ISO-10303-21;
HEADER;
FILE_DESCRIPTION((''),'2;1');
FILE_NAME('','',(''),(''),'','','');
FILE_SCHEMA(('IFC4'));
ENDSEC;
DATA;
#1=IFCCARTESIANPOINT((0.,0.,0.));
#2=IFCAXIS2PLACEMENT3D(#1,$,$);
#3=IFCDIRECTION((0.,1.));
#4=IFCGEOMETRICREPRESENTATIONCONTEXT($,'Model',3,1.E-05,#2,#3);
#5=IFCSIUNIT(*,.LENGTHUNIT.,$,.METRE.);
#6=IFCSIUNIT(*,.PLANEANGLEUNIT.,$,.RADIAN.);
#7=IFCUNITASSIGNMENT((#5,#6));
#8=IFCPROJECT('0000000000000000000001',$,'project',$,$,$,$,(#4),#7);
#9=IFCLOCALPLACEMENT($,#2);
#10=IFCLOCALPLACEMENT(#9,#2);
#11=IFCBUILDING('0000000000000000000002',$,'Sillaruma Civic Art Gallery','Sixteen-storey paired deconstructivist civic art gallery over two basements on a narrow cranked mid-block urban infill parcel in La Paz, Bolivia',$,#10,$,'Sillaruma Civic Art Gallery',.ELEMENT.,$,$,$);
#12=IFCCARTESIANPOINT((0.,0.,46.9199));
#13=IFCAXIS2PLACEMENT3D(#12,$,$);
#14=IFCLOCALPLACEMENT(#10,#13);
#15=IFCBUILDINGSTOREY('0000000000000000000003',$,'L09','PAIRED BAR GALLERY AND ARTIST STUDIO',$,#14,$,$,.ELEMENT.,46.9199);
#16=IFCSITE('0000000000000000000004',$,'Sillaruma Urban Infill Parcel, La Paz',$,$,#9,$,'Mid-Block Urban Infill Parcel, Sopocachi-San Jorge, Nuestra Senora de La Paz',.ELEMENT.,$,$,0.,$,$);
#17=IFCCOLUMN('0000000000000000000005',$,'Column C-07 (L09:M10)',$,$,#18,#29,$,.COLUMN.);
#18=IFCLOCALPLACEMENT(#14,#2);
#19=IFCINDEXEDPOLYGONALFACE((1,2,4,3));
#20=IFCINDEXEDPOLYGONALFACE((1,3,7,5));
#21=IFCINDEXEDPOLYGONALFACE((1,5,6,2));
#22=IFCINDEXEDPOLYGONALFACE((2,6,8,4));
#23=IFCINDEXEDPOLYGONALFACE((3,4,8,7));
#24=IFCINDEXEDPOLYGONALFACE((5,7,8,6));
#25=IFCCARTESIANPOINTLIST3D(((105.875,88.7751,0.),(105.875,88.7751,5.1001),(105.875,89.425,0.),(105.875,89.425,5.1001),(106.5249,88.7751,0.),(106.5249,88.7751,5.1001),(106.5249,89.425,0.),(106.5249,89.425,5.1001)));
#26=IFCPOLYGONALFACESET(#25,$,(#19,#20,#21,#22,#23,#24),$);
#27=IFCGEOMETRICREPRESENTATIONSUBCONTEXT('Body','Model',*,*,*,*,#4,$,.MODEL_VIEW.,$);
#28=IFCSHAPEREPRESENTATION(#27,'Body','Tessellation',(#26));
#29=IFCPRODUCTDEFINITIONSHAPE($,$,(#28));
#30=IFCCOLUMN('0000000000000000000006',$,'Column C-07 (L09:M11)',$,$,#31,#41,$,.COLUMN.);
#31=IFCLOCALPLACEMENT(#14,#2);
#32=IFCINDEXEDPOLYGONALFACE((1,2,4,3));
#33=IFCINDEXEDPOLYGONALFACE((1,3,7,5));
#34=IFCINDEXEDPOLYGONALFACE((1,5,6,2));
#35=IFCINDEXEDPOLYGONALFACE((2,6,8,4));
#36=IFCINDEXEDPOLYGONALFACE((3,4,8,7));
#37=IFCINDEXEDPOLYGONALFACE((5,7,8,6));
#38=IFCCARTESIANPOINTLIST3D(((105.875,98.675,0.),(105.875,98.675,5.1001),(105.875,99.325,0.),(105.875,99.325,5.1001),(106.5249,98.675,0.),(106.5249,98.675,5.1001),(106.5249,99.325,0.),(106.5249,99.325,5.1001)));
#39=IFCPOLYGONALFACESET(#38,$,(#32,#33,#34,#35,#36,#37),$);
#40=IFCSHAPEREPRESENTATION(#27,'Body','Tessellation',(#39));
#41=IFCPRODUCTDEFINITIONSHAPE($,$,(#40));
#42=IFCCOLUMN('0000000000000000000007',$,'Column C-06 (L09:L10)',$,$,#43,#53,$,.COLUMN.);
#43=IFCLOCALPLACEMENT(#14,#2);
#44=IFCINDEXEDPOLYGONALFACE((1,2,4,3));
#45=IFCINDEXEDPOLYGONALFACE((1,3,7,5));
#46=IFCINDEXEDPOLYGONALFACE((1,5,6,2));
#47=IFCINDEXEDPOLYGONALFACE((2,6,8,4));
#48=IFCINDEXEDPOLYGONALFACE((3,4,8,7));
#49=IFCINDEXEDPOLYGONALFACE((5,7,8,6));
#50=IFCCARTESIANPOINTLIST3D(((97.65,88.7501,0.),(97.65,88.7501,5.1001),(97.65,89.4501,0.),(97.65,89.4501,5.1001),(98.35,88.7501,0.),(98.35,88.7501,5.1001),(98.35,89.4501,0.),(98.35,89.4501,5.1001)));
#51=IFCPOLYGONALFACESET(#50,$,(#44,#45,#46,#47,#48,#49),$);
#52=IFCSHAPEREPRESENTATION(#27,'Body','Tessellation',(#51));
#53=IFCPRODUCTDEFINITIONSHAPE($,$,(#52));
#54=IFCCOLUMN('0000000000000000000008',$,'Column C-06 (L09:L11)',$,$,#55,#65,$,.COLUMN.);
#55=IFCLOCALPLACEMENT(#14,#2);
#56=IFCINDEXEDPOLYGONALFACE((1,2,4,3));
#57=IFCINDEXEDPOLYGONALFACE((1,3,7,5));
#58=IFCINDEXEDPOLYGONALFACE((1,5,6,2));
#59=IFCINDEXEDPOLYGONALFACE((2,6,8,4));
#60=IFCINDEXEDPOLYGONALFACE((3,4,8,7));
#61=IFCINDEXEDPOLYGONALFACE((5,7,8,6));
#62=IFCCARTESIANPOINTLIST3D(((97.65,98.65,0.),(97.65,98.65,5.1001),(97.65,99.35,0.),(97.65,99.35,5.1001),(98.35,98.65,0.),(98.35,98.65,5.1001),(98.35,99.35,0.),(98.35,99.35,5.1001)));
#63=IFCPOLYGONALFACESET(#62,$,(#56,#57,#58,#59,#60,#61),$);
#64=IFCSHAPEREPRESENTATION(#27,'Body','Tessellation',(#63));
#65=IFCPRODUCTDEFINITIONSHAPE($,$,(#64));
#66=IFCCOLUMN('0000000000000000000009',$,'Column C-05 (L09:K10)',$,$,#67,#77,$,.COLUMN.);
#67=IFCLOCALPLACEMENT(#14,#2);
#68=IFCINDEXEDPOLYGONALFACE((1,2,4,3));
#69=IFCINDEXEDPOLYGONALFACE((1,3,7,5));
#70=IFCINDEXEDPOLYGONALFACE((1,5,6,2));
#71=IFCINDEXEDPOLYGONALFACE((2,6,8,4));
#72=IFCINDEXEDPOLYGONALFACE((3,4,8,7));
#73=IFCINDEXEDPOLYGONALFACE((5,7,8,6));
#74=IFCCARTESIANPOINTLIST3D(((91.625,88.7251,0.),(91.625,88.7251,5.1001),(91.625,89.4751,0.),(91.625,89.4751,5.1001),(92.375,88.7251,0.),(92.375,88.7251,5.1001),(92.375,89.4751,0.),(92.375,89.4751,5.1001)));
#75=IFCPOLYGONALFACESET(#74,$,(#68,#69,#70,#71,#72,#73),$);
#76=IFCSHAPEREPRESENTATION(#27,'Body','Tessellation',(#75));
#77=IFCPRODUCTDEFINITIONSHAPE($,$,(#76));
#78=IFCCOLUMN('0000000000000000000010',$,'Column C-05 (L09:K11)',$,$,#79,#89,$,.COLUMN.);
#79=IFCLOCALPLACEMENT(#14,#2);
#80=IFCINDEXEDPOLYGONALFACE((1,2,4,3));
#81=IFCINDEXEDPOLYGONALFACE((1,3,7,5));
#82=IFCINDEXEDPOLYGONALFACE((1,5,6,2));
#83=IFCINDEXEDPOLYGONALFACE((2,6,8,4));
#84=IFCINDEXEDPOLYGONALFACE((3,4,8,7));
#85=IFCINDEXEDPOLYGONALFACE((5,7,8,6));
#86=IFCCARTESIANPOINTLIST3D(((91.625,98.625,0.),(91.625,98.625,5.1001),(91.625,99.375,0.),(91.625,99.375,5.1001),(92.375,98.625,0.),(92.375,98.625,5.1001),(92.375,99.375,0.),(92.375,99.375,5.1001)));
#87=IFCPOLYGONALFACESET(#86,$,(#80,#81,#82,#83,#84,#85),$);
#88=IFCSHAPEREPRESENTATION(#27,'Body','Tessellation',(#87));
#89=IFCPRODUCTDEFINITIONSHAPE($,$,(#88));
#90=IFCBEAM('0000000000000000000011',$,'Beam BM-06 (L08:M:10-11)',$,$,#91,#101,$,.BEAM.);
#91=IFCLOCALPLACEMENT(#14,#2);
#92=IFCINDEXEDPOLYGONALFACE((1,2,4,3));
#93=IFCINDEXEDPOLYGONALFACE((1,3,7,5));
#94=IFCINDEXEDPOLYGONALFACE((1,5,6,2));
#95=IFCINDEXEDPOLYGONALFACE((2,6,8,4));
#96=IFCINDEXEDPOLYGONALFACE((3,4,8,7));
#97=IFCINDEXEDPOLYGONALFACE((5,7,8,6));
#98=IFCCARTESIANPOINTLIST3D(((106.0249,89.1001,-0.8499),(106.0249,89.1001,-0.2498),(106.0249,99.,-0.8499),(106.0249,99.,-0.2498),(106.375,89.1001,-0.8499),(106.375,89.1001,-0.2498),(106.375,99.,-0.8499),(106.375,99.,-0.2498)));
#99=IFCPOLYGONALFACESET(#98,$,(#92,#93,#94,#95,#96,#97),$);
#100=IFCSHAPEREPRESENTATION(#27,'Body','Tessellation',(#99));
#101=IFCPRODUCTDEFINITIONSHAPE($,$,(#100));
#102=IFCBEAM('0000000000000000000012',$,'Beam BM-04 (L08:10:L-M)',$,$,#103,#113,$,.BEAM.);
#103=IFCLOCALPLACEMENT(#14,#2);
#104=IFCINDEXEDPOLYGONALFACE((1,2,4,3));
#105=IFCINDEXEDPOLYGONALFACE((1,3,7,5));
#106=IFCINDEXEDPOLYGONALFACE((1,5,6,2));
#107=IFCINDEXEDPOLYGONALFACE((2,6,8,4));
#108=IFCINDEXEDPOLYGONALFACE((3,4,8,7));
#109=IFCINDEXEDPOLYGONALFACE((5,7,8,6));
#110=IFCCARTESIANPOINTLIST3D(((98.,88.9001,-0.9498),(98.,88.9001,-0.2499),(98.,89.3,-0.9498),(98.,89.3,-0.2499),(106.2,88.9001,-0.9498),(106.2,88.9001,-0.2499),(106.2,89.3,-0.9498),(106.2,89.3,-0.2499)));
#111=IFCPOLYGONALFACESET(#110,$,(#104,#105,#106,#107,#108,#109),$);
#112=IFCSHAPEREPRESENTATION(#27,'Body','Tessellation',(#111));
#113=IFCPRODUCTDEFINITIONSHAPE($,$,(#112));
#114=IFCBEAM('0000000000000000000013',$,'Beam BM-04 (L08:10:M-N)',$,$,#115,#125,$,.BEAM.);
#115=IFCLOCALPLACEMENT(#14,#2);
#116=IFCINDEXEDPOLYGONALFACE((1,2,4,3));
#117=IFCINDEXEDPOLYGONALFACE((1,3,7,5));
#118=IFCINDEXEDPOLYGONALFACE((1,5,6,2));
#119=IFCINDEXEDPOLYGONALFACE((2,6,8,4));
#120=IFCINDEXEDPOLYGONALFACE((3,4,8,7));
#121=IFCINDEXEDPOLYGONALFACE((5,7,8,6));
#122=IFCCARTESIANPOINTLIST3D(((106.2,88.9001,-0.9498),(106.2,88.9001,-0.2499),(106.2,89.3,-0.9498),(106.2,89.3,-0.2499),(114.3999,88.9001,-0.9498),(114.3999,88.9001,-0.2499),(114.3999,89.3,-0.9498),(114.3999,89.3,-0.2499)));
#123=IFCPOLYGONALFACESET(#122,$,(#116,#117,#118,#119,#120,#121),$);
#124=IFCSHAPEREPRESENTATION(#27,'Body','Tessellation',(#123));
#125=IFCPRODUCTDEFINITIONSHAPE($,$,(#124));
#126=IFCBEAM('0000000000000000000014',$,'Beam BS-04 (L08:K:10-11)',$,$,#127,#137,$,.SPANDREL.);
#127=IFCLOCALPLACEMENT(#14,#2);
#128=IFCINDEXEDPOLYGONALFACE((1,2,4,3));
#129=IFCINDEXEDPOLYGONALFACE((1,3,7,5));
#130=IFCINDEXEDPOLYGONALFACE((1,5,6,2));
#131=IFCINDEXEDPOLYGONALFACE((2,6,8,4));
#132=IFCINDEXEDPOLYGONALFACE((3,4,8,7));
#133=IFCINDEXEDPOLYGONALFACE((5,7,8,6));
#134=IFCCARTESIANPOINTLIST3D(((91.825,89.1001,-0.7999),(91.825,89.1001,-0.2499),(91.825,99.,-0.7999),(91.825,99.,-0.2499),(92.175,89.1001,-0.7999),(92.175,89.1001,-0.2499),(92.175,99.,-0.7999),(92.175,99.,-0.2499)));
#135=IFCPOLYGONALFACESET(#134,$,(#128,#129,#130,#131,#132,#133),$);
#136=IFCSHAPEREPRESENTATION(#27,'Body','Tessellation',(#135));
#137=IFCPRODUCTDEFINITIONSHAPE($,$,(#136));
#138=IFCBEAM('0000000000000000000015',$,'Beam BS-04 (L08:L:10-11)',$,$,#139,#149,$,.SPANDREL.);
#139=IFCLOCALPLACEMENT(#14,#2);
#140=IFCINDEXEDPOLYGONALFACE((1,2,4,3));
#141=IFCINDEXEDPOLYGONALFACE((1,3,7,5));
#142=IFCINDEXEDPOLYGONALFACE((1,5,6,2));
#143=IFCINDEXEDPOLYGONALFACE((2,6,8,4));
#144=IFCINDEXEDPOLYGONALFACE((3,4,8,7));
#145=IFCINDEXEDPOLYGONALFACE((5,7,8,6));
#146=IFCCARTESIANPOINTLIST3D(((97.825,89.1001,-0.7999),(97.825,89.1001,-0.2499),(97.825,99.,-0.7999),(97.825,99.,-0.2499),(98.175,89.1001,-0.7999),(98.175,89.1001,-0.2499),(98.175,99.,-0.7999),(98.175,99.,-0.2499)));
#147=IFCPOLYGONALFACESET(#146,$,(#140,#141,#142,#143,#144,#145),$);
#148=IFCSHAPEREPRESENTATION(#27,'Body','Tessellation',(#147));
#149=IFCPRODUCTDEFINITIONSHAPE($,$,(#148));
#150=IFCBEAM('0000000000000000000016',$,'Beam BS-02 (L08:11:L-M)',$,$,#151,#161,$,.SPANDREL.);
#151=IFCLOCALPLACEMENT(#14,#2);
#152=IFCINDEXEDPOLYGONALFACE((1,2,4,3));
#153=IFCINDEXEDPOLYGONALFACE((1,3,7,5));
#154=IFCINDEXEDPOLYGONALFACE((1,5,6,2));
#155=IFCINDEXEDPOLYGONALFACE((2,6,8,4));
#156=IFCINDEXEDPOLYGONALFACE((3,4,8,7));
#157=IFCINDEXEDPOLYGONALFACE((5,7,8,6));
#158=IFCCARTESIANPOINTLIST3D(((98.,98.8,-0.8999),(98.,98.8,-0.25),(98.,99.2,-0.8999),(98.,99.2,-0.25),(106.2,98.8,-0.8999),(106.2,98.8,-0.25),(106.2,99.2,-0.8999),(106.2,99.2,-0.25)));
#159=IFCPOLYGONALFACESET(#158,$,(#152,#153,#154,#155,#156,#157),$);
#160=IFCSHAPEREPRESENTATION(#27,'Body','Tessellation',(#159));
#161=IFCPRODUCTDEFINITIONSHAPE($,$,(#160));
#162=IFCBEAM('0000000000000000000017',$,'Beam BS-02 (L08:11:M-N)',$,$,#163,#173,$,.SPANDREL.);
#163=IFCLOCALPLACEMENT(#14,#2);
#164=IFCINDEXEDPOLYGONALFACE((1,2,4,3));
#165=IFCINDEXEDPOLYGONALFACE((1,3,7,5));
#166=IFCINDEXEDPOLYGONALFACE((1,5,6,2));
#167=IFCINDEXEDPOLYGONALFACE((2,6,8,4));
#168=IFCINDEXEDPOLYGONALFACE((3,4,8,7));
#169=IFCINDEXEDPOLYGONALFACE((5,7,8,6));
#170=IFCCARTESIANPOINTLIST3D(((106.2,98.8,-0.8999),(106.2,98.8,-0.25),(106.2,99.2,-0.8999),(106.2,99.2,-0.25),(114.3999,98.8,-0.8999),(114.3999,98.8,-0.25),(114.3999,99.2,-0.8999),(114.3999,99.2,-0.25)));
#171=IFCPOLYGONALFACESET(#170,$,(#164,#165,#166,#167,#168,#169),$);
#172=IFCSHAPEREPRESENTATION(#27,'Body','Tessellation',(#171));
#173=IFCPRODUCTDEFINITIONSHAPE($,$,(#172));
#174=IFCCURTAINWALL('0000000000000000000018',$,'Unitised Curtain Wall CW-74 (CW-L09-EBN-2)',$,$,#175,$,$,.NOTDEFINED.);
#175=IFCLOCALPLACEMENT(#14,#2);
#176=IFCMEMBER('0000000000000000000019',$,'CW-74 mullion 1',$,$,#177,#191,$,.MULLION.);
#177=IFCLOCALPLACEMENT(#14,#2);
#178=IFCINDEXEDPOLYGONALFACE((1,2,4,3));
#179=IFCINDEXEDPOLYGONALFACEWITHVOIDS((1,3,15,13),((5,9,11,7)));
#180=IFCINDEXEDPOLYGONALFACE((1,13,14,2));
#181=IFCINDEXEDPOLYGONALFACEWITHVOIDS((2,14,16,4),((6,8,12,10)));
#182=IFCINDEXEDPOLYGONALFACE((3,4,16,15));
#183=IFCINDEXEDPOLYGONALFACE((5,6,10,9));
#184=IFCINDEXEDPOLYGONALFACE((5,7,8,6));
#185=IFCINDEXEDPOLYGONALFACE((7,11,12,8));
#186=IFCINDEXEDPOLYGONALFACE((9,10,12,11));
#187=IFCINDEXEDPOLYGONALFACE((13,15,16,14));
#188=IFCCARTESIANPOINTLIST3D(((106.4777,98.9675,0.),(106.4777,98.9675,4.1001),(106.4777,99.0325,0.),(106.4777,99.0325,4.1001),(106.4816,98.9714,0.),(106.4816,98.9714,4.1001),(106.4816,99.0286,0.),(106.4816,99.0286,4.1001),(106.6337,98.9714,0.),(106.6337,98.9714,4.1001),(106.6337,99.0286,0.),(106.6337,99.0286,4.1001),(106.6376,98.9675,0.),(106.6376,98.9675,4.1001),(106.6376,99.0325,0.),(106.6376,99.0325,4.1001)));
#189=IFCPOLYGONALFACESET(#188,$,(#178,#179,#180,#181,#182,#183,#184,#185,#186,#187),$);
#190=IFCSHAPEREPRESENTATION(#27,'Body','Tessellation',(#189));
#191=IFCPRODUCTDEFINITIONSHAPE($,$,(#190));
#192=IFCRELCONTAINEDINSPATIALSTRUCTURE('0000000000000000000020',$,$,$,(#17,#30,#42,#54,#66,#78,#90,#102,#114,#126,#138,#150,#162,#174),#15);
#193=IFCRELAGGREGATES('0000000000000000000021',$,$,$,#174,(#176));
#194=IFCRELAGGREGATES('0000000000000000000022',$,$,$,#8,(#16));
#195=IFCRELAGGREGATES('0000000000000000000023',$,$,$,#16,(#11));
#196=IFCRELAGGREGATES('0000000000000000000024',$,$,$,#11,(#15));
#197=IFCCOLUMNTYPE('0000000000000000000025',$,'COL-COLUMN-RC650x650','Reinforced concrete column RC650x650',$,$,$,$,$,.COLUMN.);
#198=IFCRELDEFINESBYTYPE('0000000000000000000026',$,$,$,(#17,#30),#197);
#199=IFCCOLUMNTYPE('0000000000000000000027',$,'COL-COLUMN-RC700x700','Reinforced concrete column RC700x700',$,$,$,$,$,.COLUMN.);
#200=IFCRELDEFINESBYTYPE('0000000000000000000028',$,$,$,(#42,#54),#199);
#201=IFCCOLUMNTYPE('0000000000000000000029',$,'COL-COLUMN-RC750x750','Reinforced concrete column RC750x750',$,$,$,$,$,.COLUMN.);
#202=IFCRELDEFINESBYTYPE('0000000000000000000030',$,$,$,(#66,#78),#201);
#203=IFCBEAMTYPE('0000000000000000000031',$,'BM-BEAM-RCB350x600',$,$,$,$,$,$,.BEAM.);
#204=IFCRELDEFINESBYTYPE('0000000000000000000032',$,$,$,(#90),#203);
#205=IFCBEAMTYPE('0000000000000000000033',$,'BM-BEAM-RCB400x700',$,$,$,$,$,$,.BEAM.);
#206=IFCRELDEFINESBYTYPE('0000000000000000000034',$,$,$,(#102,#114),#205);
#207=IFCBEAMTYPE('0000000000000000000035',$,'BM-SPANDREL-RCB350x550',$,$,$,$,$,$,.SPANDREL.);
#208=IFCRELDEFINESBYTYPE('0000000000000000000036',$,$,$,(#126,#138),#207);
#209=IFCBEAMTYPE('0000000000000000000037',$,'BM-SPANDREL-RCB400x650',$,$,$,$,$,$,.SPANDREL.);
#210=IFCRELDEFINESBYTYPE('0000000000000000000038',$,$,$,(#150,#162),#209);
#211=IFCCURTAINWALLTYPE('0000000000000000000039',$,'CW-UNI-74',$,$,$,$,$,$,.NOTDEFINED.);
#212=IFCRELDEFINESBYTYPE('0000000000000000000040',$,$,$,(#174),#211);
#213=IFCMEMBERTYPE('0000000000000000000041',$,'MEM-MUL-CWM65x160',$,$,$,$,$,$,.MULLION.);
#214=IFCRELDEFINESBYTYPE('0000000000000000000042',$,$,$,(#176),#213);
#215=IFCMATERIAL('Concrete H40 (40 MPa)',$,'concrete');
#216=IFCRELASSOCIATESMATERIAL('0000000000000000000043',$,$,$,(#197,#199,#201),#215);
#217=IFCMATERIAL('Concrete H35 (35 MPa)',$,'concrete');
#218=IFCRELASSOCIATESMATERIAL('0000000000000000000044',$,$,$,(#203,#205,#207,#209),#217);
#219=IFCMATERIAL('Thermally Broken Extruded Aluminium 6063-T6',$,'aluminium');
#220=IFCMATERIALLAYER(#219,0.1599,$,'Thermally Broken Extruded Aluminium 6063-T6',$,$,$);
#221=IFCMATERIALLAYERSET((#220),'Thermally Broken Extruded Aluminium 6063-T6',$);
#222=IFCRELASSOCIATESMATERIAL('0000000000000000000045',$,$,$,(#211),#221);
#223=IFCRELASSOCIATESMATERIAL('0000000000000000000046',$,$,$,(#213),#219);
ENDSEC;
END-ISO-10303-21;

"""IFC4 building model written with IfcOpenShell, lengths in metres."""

from ifc_helpers import new_model, si_unit, direction, frame, origin, origin_2d, place, context, subcontext, project, spatial, rectangle, hollow_rectangle, extrude, material, layer, layer_set, material_profile, profile_set, type_object, element, aggregate, save


model = new_model("IFC4")

# Units and contexts
model_context = context("Model", 3, precision=1e-05, world=origin(), true_north=direction((0.0, 1.0)))
body_context = subcontext(model_context, "Body", "Model", "MODEL_VIEW")
ifc_project = project(units=[si_unit("LENGTHUNIT", "METRE"), si_unit("PLANEANGLEUNIT", "RADIAN")], contexts=[model_context])

# Site, building, storey
site_placement = place(None, origin())
site = spatial("IfcSite", under=ifc_project, at=site_placement, Name="Sillaruma Urban Infill Parcel, La Paz", LongName="Mid-Block Urban Infill Parcel, Sopocachi-San Jorge, Nuestra Senora de La Paz", CompositionType="ELEMENT", RefElevation=0.0)
building_placement = place(site_placement, origin())
building = spatial("IfcBuilding", under=site, at=building_placement, Name="Sillaruma Civic Art Gallery", Description="Sixteen-storey paired deconstructivist civic art gallery over two basements on a narrow cranked mid-block urban infill parcel in La Paz, Bolivia", LongName="Sillaruma Civic Art Gallery", CompositionType="ELEMENT")
storey_placement = place(building_placement, frame((0.0, 0.0, 46.9199)))
storey = spatial("IfcBuildingStorey", under=building, at=storey_placement, Name="L09", Description="PAIRED BAR GALLERY AND ARTIST STUDIO", CompositionType="ELEMENT", Elevation=46.9199)

# Columns
ifc_material_1 = material(Name="Concrete H40 (40 MPa)", Category="concrete")
ifc_material_profile_1 = material_profile(ifc_material_1, rectangle(XDim=0.6499, YDim=0.6499, at=origin_2d()), Name="RC650x650")
ifc_profile_set_1 = profile_set([ifc_material_profile_1], Name="Concrete H40 (40 MPa)")
column_type_1 = type_object("IfcColumnType", Name="COL-COLUMN-RC650x650", Description="Reinforced concrete column RC650x650", PredefinedType="COLUMN", material=ifc_profile_set_1)
for number, where, z_axis, x_axis, name in (
    (1, (106.2, 89.1001, 0.0), (0.0, 0.0, 1.0), (1.0, 0.0, 0.0), "Column C-07 (L09:M10)"),
    (2, (106.2, 99.0, 0.0), (0.0, 0.0, 1.0), (1.0, 0.0, 0.0), "Column C-07 (L09:M11)"),
):
    element("IfcColumn", number, at=place(storey_placement, frame(where, z_axis=z_axis, x_axis=x_axis)), inside=storey, type_object=column_type_1, Name=name, PredefinedType="COLUMN", context=body_context, shape_type="SweptSolid", body=[
        extrude(rectangle(XDim=0.6499, YDim=0.6499, at=origin_2d()), origin(), (0.0, 0.0, 1.0), 5.1001),
    ])
ifc_material_profile_2 = material_profile(ifc_material_1, rectangle(XDim=0.7, YDim=0.7, at=origin_2d()), Name="RC700x700")
ifc_profile_set_2 = profile_set([ifc_material_profile_2], Name="Concrete H40 (40 MPa)")
column_type_2 = type_object("IfcColumnType", Name="COL-COLUMN-RC700x700", Description="Reinforced concrete column RC700x700", PredefinedType="COLUMN", material=ifc_profile_set_2)
for number, where, z_axis, x_axis, name in (
    (3, (98.0, 89.1001, 0.0), (0.0, 0.0, 1.0), (1.0, 0.0, 0.0), "Column C-06 (L09:L10)"),
    (4, (98.0, 99.0, 0.0), (0.0, 0.0, 1.0), (1.0, 0.0, 0.0), "Column C-06 (L09:L11)"),
):
    element("IfcColumn", number, at=place(storey_placement, frame(where, z_axis=z_axis, x_axis=x_axis)), inside=storey, type_object=column_type_2, Name=name, PredefinedType="COLUMN", context=body_context, shape_type="SweptSolid", body=[
        extrude(rectangle(XDim=0.7, YDim=0.7, at=origin_2d()), origin(), (0.0, 0.0, 1.0), 5.1001),
    ])
ifc_material_profile_3 = material_profile(ifc_material_1, rectangle(XDim=0.75, YDim=0.75, at=origin_2d()), Name="RC750x750")
ifc_profile_set_3 = profile_set([ifc_material_profile_3], Name="Concrete H40 (40 MPa)")
column_type_3 = type_object("IfcColumnType", Name="COL-COLUMN-RC750x750", Description="Reinforced concrete column RC750x750", PredefinedType="COLUMN", material=ifc_profile_set_3)
for number, where, z_axis, x_axis, name in (
    (5, (92.0, 89.1001, 0.0), (0.0, 0.0, 1.0), (1.0, 0.0, 0.0), "Column C-05 (L09:K10)"),
    (6, (92.0, 99.0, 0.0), (0.0, 0.0, 1.0), (1.0, 0.0, 0.0), "Column C-05 (L09:K11)"),
):
    element("IfcColumn", number, at=place(storey_placement, frame(where, z_axis=z_axis, x_axis=x_axis)), inside=storey, type_object=column_type_3, Name=name, PredefinedType="COLUMN", context=body_context, shape_type="SweptSolid", body=[
        extrude(rectangle(XDim=0.75, YDim=0.75, at=origin_2d()), origin(), (0.0, 0.0, 1.0), 5.1001),
    ])

# Beams
ifc_material_2 = material(Name="Concrete H35 (35 MPa)", Category="concrete")
ifc_material_profile_4 = material_profile(ifc_material_2, rectangle(XDim=0.3501, YDim=0.6001, at=origin_2d()), Name="RCB350x600")
ifc_profile_set_4 = profile_set([ifc_material_profile_4], Name="Concrete H35 (35 MPa)")
beam_type_1 = type_object("IfcBeamType", Name="BM-BEAM-RCB350x600", PredefinedType="BEAM", material=ifc_profile_set_4)
beam_placement = place(storey_placement, frame((106.2, 89.1001, -0.5498), z_axis=(0.0, 1.0, 0.0), x_axis=(-1.0, 0.0, 0.0)))
element("IfcBeam", 7, at=beam_placement, inside=storey, type_object=beam_type_1, Name="Beam BM-06 (L08:M:10-11)", PredefinedType="BEAM", context=body_context, shape_type="SweptSolid", body=[
    extrude(rectangle(XDim=0.3501, YDim=0.6001, at=origin_2d()), origin(), (0.0, 0.0, 1.0), 9.8999),
])
ifc_material_profile_5 = material_profile(ifc_material_2, rectangle(XDim=0.3999, YDim=0.7, at=origin_2d()), Name="RCB400x700")
ifc_profile_set_5 = profile_set([ifc_material_profile_5], Name="Concrete H35 (35 MPa)")
beam_type_2 = type_object("IfcBeamType", Name="BM-BEAM-RCB400x700", PredefinedType="BEAM", material=ifc_profile_set_5)
for number, where, z_axis, x_axis, name in (
    (8, (98.0, 89.1001, -0.5999), (1.0, 0.0, 0.0), (0.0, 1.0, 0.0), "Beam BM-04 (L08:10:L-M)"),
    (9, (106.2, 89.1001, -0.5999), (1.0, 0.0, 0.0), (0.0, 1.0, 0.0), "Beam BM-04 (L08:10:M-N)"),
):
    element("IfcBeam", number, at=place(storey_placement, frame(where, z_axis=z_axis, x_axis=x_axis)), inside=storey, type_object=beam_type_2, Name=name, PredefinedType="BEAM", context=body_context, shape_type="SweptSolid", body=[
        extrude(rectangle(XDim=0.3999, YDim=0.7, at=origin_2d()), origin(), (0.0, 0.0, 1.0), 8.2),
    ])
ifc_material_profile_6 = material_profile(ifc_material_2, rectangle(XDim=0.3501, YDim=0.55, at=origin_2d()), Name="RCB350x550")
ifc_profile_set_6 = profile_set([ifc_material_profile_6], Name="Concrete H35 (35 MPa)")
beam_type_3 = type_object("IfcBeamType", Name="BM-SPANDREL-RCB350x550", PredefinedType="SPANDREL", material=ifc_profile_set_6)
for number, where, z_axis, x_axis, name in (
    (10, (92.0, 89.1001, -0.5249), (0.0, 1.0, 0.0), (-1.0, 0.0, 0.0), "Beam BS-04 (L08:K:10-11)"),
    (11, (98.0, 89.1001, -0.5249), (0.0, 1.0, 0.0), (-1.0, 0.0, 0.0), "Beam BS-04 (L08:L:10-11)"),
):
    element("IfcBeam", number, at=place(storey_placement, frame(where, z_axis=z_axis, x_axis=x_axis)), inside=storey, type_object=beam_type_3, Name=name, PredefinedType="SPANDREL", context=body_context, shape_type="SweptSolid", body=[
        extrude(rectangle(XDim=0.3501, YDim=0.55, at=origin_2d()), origin(), (0.0, 0.0, 1.0), 9.8999),
    ])
ifc_material_profile_7 = material_profile(ifc_material_2, rectangle(XDim=0.3999, YDim=0.6499, at=origin_2d()), Name="RCB400x650")
ifc_profile_set_7 = profile_set([ifc_material_profile_7], Name="Concrete H35 (35 MPa)")
beam_type_4 = type_object("IfcBeamType", Name="BM-SPANDREL-RCB400x650", PredefinedType="SPANDREL", material=ifc_profile_set_7)
for number, where, z_axis, x_axis, name in (
    (12, (98.0, 99.0, -0.575), (1.0, 0.0, 0.0), (0.0, 1.0, 0.0), "Beam BS-02 (L08:11:L-M)"),
    (13, (106.2, 99.0, -0.575), (1.0, 0.0, 0.0), (0.0, 1.0, 0.0), "Beam BS-02 (L08:11:M-N)"),
):
    element("IfcBeam", number, at=place(storey_placement, frame(where, z_axis=z_axis, x_axis=x_axis)), inside=storey, type_object=beam_type_4, Name=name, PredefinedType="SPANDREL", context=body_context, shape_type="SweptSolid", body=[
        extrude(rectangle(XDim=0.3999, YDim=0.6499, at=origin_2d()), origin(), (0.0, 0.0, 1.0), 8.2),
    ])

# Curtain wall, member
ifc_material_3 = material(Name="Thermally Broken Extruded Aluminium 6063-T6", Category="aluminium")
ifc_layer_1 = layer(ifc_material_3, 0.1599, Name="Thermally Broken Extruded Aluminium 6063-T6")
ifc_layer_set_1 = layer_set([ifc_layer_1], Name="Thermally Broken Extruded Aluminium 6063-T6")
curtain_wall_type = type_object("IfcCurtainWallType", Name="CW-UNI-74", PredefinedType="NOTDEFINED", material=ifc_layer_set_1)
curtain_wall_placement = place(storey_placement, origin())
curtain_wall = element("IfcCurtainWall", 14, at=curtain_wall_placement, inside=storey, type_object=curtain_wall_type, Name="Unitised Curtain Wall CW-74 (CW-L09-EBN-2)", PredefinedType="NOTDEFINED")
ifc_material_profile_8 = material_profile(ifc_material_3, hollow_rectangle(XDim=0.0649, YDim=0.1599, WallThickness=0.0039, at=origin_2d()), Name="CWM65x160")
ifc_profile_set_8 = profile_set([ifc_material_profile_8], Name="Thermally Broken Extruded Aluminium 6063-T6")
member_type = type_object("IfcMemberType", Name="MEM-MUL-CWM65x160", PredefinedType="MULLION", material=ifc_profile_set_8)
member_placement = place(storey_placement, frame((106.5576, 99.0, 0.0), z_axis=(0.0, 0.0, 1.0), x_axis=(0.0, 1.0, 0.0)))
member = element("IfcMember", 15, at=member_placement, type_object=member_type, Name="CW-74 mullion 1", PredefinedType="MULLION", context=body_context, shape_type="SweptSolid", body=[
    extrude(hollow_rectangle(XDim=0.0649, YDim=0.1599, WallThickness=0.0039, at=origin_2d()), origin(), (0.0, 0.0, 1.0), 4.1001),
])
aggregate(curtain_wall, [member])

save(model, "model.ifc")
